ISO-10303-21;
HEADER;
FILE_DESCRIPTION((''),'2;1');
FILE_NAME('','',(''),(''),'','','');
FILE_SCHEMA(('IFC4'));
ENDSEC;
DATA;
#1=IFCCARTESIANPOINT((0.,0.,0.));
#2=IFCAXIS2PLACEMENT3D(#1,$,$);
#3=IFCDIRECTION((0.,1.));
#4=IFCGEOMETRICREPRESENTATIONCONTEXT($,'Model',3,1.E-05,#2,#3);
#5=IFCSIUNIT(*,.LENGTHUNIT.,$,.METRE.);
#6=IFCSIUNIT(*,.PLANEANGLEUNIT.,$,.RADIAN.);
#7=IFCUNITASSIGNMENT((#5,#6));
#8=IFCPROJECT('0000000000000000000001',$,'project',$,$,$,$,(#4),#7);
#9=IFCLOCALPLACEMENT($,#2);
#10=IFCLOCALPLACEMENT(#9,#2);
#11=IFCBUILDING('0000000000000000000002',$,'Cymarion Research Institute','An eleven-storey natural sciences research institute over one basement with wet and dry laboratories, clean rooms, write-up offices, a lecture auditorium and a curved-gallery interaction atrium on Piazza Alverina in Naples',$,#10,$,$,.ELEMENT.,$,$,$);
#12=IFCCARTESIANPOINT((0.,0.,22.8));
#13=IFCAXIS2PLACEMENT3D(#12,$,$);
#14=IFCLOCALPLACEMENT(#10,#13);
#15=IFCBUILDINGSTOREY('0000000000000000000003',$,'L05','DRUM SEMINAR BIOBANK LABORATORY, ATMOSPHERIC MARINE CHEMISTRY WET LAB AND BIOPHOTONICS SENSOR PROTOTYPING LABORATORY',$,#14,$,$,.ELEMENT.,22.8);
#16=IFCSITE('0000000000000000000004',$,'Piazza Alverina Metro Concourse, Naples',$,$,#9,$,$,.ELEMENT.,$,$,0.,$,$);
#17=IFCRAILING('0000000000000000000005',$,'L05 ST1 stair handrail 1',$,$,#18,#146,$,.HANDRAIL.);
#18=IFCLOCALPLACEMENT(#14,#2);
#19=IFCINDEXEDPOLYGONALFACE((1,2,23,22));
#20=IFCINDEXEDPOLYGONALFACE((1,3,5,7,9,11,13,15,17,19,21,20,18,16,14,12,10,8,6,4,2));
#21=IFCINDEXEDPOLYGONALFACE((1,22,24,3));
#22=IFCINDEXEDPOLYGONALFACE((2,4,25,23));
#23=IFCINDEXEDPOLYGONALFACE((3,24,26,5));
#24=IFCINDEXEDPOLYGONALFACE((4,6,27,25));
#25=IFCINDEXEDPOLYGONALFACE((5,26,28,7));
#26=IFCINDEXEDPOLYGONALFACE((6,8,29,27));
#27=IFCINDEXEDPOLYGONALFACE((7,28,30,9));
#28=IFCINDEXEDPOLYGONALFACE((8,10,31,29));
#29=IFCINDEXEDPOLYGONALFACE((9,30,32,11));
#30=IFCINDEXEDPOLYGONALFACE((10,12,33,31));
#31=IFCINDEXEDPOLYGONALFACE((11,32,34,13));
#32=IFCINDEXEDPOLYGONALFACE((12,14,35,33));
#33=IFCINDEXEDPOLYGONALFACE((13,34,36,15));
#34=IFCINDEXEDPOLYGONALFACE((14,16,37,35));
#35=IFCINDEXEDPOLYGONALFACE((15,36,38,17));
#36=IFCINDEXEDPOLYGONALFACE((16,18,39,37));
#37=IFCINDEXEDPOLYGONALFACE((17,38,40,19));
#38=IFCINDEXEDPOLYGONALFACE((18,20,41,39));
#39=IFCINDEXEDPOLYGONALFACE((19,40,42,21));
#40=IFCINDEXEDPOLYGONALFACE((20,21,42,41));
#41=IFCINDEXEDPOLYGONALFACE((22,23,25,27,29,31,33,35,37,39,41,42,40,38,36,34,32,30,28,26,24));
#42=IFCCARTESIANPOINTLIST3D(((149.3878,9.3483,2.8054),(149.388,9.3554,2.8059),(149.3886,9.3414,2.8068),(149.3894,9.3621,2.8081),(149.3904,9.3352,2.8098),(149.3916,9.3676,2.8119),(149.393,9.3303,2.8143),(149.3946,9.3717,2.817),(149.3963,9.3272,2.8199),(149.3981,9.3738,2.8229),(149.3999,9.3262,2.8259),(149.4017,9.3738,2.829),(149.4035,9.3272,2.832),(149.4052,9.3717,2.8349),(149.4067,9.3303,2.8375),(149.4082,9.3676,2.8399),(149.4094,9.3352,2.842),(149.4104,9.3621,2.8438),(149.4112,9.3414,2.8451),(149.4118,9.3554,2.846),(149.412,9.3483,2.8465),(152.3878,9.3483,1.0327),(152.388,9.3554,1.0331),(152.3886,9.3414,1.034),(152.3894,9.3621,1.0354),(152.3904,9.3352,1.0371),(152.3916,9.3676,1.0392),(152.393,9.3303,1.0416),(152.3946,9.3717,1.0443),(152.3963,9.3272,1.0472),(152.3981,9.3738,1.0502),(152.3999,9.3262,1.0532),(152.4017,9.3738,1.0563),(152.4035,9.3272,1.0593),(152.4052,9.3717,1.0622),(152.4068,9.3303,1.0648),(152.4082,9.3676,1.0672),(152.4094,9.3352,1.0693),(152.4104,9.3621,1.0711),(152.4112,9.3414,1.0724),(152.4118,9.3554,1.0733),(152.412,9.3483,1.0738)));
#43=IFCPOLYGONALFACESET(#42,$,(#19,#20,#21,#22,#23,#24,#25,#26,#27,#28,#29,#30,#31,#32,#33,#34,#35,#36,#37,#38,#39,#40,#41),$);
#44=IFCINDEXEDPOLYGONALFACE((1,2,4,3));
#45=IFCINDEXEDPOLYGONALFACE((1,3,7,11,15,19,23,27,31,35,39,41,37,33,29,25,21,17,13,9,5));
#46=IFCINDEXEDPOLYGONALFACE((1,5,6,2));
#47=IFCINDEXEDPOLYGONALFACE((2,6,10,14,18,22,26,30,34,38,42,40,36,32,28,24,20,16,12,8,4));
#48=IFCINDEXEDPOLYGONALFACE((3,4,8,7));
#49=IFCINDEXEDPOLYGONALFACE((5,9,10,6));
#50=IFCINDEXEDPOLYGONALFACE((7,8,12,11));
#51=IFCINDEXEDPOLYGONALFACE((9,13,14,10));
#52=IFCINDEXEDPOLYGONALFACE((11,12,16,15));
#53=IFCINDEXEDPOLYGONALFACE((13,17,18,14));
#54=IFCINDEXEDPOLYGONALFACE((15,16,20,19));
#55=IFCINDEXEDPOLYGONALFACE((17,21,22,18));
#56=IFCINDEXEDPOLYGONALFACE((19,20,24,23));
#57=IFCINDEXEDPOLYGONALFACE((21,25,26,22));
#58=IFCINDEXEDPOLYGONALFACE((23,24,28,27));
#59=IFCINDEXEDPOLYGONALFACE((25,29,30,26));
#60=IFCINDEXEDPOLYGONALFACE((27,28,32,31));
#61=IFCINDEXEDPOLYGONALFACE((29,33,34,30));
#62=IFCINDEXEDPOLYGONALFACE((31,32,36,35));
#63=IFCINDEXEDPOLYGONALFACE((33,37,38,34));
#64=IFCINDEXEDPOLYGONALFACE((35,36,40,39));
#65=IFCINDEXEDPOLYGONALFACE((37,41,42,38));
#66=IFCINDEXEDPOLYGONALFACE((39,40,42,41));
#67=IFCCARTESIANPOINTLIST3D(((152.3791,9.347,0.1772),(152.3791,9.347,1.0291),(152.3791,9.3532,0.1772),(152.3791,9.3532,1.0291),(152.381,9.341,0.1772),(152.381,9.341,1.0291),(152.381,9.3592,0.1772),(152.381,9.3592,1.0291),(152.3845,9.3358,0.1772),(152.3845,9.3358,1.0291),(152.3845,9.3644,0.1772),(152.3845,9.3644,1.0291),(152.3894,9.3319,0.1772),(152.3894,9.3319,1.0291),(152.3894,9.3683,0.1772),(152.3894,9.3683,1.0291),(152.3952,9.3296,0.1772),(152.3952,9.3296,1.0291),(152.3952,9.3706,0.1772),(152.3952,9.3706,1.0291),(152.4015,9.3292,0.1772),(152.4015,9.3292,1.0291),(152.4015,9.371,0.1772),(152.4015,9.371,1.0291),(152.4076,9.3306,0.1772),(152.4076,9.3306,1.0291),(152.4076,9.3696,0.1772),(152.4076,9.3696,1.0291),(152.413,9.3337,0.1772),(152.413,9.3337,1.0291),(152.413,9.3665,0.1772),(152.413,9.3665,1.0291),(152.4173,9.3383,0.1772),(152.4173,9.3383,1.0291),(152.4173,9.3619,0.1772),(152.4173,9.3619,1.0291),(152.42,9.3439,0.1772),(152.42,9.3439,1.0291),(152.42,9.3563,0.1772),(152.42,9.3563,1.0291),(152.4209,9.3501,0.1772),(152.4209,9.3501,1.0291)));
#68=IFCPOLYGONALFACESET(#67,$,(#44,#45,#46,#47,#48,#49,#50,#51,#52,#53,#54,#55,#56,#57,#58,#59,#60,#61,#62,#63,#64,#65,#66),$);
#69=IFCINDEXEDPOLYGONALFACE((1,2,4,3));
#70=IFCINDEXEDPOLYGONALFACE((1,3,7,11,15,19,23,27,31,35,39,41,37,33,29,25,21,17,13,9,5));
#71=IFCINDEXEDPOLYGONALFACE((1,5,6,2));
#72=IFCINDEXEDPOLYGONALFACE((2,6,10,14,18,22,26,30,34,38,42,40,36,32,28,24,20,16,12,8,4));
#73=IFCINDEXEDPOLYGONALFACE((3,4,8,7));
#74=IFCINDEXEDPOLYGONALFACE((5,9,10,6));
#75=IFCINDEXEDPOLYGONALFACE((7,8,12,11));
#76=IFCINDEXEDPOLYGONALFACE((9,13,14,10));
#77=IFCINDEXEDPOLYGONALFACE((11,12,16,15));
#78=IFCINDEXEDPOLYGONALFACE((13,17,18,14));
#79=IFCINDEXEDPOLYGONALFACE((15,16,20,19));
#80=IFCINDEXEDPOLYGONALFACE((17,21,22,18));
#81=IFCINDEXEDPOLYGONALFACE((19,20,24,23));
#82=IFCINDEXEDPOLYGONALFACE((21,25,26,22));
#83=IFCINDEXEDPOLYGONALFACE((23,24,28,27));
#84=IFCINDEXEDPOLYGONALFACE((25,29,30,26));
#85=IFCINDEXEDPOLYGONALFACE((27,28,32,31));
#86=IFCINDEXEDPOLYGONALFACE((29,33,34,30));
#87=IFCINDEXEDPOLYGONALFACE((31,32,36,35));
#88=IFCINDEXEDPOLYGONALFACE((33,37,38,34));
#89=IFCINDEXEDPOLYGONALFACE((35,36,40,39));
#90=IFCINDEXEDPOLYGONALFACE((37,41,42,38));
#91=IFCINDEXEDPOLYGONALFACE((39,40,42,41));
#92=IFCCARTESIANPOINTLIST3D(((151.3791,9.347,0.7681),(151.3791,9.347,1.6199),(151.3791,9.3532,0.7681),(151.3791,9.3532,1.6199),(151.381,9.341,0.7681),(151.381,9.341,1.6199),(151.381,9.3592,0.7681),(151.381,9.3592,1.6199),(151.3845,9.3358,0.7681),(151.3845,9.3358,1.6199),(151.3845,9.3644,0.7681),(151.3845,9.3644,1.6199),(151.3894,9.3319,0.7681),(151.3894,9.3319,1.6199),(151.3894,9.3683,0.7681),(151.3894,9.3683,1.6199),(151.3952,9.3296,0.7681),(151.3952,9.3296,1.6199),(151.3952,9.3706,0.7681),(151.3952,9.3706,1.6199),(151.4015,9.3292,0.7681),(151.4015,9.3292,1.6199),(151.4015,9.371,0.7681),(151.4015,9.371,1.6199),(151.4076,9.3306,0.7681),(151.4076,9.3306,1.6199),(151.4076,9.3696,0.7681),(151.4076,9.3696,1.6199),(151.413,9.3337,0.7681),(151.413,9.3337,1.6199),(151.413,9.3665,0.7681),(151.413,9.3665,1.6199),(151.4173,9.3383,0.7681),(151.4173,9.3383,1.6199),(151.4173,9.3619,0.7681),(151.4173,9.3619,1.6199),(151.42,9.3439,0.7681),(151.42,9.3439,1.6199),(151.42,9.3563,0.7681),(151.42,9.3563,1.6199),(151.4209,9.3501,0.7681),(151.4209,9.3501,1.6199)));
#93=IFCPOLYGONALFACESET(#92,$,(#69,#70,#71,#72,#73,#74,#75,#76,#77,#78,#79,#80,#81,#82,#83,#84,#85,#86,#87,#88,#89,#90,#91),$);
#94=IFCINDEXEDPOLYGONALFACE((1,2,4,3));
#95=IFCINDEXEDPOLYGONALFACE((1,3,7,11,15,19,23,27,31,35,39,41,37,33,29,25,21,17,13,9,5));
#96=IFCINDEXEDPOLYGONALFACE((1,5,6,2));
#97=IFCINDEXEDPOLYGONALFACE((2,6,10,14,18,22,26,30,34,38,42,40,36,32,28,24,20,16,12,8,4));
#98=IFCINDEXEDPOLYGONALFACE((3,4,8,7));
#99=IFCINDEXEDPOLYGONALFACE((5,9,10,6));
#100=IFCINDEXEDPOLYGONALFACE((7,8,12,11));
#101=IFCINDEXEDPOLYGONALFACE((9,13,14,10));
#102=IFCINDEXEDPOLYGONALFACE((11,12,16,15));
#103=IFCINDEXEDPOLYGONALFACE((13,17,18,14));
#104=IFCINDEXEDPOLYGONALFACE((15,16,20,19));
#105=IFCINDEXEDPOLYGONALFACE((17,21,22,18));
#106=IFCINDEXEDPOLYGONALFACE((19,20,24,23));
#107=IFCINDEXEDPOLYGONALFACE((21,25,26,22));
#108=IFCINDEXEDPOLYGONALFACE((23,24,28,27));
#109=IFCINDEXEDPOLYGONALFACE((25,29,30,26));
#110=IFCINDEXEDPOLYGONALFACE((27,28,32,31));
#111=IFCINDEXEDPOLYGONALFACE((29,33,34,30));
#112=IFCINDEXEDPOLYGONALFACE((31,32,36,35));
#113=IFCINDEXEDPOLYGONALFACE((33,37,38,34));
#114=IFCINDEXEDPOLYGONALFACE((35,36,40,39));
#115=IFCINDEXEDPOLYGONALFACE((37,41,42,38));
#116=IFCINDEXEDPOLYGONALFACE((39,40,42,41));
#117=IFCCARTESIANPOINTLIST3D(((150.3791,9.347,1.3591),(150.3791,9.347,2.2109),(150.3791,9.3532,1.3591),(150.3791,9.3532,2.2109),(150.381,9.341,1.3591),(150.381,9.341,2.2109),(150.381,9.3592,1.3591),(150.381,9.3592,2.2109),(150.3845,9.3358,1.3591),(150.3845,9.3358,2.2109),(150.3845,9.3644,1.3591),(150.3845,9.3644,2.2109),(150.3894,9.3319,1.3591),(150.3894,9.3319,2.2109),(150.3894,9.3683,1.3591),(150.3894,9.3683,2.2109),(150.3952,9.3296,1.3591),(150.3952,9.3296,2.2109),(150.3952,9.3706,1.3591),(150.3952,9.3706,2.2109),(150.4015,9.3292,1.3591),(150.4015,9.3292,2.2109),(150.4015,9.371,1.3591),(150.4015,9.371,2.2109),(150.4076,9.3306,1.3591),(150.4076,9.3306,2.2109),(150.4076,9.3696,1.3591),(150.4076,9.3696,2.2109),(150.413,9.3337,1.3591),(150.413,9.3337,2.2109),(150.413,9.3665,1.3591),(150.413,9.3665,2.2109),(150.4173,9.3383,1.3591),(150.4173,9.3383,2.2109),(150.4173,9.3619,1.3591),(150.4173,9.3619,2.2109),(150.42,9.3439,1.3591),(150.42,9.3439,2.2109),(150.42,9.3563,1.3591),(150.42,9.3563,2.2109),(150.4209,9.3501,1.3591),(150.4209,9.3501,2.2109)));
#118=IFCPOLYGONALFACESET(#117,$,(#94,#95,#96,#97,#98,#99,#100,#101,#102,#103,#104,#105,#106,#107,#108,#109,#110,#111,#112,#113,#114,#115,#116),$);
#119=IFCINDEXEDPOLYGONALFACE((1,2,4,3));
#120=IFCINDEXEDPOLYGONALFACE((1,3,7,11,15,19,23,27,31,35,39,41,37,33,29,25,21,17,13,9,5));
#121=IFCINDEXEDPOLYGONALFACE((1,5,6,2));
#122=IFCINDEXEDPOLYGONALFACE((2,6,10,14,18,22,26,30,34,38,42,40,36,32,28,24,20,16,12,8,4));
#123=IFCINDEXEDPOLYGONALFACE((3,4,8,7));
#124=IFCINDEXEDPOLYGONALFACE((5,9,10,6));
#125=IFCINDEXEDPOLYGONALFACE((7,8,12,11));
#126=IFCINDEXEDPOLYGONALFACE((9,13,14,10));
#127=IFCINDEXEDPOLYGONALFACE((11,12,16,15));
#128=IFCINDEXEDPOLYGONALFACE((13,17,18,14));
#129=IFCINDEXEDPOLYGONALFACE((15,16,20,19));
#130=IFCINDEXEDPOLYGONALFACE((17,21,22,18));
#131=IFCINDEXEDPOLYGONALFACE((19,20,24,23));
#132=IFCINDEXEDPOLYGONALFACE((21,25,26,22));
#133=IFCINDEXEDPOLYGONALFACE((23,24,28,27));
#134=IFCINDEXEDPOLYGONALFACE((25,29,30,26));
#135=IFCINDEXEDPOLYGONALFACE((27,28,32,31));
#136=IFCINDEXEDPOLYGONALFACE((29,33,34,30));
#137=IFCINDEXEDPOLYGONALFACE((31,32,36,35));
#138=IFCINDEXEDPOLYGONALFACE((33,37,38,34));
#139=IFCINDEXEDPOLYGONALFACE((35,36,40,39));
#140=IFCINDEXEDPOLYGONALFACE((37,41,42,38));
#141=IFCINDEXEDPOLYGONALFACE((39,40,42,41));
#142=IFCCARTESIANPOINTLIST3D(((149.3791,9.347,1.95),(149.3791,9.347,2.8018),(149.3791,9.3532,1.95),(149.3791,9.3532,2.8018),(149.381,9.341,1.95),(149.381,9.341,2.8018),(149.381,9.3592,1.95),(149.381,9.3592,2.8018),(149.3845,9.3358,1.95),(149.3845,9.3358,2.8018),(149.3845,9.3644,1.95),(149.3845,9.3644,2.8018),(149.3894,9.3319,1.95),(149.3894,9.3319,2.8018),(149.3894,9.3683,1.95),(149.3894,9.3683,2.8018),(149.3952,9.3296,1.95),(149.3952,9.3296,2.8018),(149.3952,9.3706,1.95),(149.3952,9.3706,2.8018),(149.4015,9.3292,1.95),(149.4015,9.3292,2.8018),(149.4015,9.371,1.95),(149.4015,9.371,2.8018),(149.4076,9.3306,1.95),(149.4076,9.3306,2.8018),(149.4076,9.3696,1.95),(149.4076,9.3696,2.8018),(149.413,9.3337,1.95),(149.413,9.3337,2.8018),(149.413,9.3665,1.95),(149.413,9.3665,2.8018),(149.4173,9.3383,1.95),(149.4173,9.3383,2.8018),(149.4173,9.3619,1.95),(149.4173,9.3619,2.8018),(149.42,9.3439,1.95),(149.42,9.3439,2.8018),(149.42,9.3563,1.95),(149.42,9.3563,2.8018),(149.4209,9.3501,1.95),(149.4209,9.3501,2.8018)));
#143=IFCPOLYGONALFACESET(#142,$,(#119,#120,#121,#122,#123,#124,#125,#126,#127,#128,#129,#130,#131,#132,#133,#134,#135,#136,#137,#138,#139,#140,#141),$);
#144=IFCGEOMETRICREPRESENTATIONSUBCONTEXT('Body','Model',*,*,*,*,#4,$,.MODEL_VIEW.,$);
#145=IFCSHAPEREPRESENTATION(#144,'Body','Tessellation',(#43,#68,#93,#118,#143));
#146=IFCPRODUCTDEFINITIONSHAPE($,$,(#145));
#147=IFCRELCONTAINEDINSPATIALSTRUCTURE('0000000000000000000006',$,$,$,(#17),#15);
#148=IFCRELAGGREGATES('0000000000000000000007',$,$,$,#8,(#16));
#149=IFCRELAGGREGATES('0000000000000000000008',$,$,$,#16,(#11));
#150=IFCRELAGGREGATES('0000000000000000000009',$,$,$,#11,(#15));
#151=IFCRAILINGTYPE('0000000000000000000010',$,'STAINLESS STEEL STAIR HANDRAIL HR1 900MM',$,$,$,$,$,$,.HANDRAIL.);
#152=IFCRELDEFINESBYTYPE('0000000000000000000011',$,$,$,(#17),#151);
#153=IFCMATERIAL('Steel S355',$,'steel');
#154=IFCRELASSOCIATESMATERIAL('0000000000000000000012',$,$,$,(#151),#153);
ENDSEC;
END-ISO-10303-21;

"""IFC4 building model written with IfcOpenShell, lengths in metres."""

from ifc_helpers import new_model, si_unit, direction, frame, origin, origin_2d, place, context, subcontext, project, spatial, circle, extrude, material, type_object, element, save


model = new_model("IFC4")

# Units and contexts
model_context = context("Model", 3, precision=1e-05, world=origin(), true_north=direction((0.0, 1.0)))
body_context = subcontext(model_context, "Body", "Model", "MODEL_VIEW")
ifc_project = project(units=[si_unit("LENGTHUNIT", "METRE"), si_unit("PLANEANGLEUNIT", "RADIAN")], contexts=[model_context])

# Site, building, storey
site_placement = place(None, origin())
site = spatial("IfcSite", under=ifc_project, at=site_placement, Name="Piazza Alverina Metro Concourse, Naples", CompositionType="ELEMENT", RefElevation=0.0)
building_placement = place(site_placement, origin())
building = spatial("IfcBuilding", under=site, at=building_placement, Name="Cymarion Research Institute", Description="An eleven-storey natural sciences research institute over one basement with wet and dry laboratories, clean rooms, write-up offices, a lecture auditorium and a curved-gallery interaction atrium on Piazza Alverina in Naples", CompositionType="ELEMENT")
storey_placement = place(building_placement, frame((0.0, 0.0, 22.8)))
storey = spatial("IfcBuildingStorey", under=building, at=storey_placement, Name="L05", Description="DRUM SEMINAR BIOBANK LABORATORY, ATMOSPHERIC MARINE CHEMISTRY WET LAB AND BIOPHOTONICS SENSOR PROTOTYPING LABORATORY", CompositionType="ELEMENT", Elevation=22.8)

# Shared definitions
ifc_material_1 = material(Name="Steel S355", Category="steel")

# Railing
railing_type = type_object("IfcRailingType", Name="STAINLESS STEEL STAIR HANDRAIL HR1 900MM", PredefinedType="HANDRAIL", material=ifc_material_1)
railing_placement = place(storey_placement, frame((152.3999, 9.3501, 0.1772)))
element("IfcRailing", 1, at=railing_placement, inside=storey, type_object=railing_type, Name="L05 ST1 stair handrail 1", PredefinedType="HANDRAIL", context=body_context, shape_type="SweptSolid", body=[
    extrude(circle(Radius=0.0239, at=origin_2d()), frame((0.0, 0.0, 0.876), z_axis=(-0.860929, 0.0, 0.508725), x_axis=(0.0, -1.0, 0.0)), (0.0, 0.0, 1.0), 3.4846),
    extrude(circle(Radius=0.021, at=origin_2d()), origin(), (0.0, 0.0, 1.0), 0.8518),
    extrude(circle(Radius=0.021, at=origin_2d()), frame((-1.0, 0.0, 0.5908)), (0.0, 0.0, 1.0), 0.8518),
    extrude(circle(Radius=0.021, at=origin_2d()), frame((-2.0, 0.0, 1.1819)), (0.0, 0.0, 1.0), 0.8518),
    extrude(circle(Radius=0.021, at=origin_2d()), frame((-3.0, 0.0, 1.7727)), (0.0, 0.0, 1.0), 0.8518),
])

save(model, "model.ifc")
